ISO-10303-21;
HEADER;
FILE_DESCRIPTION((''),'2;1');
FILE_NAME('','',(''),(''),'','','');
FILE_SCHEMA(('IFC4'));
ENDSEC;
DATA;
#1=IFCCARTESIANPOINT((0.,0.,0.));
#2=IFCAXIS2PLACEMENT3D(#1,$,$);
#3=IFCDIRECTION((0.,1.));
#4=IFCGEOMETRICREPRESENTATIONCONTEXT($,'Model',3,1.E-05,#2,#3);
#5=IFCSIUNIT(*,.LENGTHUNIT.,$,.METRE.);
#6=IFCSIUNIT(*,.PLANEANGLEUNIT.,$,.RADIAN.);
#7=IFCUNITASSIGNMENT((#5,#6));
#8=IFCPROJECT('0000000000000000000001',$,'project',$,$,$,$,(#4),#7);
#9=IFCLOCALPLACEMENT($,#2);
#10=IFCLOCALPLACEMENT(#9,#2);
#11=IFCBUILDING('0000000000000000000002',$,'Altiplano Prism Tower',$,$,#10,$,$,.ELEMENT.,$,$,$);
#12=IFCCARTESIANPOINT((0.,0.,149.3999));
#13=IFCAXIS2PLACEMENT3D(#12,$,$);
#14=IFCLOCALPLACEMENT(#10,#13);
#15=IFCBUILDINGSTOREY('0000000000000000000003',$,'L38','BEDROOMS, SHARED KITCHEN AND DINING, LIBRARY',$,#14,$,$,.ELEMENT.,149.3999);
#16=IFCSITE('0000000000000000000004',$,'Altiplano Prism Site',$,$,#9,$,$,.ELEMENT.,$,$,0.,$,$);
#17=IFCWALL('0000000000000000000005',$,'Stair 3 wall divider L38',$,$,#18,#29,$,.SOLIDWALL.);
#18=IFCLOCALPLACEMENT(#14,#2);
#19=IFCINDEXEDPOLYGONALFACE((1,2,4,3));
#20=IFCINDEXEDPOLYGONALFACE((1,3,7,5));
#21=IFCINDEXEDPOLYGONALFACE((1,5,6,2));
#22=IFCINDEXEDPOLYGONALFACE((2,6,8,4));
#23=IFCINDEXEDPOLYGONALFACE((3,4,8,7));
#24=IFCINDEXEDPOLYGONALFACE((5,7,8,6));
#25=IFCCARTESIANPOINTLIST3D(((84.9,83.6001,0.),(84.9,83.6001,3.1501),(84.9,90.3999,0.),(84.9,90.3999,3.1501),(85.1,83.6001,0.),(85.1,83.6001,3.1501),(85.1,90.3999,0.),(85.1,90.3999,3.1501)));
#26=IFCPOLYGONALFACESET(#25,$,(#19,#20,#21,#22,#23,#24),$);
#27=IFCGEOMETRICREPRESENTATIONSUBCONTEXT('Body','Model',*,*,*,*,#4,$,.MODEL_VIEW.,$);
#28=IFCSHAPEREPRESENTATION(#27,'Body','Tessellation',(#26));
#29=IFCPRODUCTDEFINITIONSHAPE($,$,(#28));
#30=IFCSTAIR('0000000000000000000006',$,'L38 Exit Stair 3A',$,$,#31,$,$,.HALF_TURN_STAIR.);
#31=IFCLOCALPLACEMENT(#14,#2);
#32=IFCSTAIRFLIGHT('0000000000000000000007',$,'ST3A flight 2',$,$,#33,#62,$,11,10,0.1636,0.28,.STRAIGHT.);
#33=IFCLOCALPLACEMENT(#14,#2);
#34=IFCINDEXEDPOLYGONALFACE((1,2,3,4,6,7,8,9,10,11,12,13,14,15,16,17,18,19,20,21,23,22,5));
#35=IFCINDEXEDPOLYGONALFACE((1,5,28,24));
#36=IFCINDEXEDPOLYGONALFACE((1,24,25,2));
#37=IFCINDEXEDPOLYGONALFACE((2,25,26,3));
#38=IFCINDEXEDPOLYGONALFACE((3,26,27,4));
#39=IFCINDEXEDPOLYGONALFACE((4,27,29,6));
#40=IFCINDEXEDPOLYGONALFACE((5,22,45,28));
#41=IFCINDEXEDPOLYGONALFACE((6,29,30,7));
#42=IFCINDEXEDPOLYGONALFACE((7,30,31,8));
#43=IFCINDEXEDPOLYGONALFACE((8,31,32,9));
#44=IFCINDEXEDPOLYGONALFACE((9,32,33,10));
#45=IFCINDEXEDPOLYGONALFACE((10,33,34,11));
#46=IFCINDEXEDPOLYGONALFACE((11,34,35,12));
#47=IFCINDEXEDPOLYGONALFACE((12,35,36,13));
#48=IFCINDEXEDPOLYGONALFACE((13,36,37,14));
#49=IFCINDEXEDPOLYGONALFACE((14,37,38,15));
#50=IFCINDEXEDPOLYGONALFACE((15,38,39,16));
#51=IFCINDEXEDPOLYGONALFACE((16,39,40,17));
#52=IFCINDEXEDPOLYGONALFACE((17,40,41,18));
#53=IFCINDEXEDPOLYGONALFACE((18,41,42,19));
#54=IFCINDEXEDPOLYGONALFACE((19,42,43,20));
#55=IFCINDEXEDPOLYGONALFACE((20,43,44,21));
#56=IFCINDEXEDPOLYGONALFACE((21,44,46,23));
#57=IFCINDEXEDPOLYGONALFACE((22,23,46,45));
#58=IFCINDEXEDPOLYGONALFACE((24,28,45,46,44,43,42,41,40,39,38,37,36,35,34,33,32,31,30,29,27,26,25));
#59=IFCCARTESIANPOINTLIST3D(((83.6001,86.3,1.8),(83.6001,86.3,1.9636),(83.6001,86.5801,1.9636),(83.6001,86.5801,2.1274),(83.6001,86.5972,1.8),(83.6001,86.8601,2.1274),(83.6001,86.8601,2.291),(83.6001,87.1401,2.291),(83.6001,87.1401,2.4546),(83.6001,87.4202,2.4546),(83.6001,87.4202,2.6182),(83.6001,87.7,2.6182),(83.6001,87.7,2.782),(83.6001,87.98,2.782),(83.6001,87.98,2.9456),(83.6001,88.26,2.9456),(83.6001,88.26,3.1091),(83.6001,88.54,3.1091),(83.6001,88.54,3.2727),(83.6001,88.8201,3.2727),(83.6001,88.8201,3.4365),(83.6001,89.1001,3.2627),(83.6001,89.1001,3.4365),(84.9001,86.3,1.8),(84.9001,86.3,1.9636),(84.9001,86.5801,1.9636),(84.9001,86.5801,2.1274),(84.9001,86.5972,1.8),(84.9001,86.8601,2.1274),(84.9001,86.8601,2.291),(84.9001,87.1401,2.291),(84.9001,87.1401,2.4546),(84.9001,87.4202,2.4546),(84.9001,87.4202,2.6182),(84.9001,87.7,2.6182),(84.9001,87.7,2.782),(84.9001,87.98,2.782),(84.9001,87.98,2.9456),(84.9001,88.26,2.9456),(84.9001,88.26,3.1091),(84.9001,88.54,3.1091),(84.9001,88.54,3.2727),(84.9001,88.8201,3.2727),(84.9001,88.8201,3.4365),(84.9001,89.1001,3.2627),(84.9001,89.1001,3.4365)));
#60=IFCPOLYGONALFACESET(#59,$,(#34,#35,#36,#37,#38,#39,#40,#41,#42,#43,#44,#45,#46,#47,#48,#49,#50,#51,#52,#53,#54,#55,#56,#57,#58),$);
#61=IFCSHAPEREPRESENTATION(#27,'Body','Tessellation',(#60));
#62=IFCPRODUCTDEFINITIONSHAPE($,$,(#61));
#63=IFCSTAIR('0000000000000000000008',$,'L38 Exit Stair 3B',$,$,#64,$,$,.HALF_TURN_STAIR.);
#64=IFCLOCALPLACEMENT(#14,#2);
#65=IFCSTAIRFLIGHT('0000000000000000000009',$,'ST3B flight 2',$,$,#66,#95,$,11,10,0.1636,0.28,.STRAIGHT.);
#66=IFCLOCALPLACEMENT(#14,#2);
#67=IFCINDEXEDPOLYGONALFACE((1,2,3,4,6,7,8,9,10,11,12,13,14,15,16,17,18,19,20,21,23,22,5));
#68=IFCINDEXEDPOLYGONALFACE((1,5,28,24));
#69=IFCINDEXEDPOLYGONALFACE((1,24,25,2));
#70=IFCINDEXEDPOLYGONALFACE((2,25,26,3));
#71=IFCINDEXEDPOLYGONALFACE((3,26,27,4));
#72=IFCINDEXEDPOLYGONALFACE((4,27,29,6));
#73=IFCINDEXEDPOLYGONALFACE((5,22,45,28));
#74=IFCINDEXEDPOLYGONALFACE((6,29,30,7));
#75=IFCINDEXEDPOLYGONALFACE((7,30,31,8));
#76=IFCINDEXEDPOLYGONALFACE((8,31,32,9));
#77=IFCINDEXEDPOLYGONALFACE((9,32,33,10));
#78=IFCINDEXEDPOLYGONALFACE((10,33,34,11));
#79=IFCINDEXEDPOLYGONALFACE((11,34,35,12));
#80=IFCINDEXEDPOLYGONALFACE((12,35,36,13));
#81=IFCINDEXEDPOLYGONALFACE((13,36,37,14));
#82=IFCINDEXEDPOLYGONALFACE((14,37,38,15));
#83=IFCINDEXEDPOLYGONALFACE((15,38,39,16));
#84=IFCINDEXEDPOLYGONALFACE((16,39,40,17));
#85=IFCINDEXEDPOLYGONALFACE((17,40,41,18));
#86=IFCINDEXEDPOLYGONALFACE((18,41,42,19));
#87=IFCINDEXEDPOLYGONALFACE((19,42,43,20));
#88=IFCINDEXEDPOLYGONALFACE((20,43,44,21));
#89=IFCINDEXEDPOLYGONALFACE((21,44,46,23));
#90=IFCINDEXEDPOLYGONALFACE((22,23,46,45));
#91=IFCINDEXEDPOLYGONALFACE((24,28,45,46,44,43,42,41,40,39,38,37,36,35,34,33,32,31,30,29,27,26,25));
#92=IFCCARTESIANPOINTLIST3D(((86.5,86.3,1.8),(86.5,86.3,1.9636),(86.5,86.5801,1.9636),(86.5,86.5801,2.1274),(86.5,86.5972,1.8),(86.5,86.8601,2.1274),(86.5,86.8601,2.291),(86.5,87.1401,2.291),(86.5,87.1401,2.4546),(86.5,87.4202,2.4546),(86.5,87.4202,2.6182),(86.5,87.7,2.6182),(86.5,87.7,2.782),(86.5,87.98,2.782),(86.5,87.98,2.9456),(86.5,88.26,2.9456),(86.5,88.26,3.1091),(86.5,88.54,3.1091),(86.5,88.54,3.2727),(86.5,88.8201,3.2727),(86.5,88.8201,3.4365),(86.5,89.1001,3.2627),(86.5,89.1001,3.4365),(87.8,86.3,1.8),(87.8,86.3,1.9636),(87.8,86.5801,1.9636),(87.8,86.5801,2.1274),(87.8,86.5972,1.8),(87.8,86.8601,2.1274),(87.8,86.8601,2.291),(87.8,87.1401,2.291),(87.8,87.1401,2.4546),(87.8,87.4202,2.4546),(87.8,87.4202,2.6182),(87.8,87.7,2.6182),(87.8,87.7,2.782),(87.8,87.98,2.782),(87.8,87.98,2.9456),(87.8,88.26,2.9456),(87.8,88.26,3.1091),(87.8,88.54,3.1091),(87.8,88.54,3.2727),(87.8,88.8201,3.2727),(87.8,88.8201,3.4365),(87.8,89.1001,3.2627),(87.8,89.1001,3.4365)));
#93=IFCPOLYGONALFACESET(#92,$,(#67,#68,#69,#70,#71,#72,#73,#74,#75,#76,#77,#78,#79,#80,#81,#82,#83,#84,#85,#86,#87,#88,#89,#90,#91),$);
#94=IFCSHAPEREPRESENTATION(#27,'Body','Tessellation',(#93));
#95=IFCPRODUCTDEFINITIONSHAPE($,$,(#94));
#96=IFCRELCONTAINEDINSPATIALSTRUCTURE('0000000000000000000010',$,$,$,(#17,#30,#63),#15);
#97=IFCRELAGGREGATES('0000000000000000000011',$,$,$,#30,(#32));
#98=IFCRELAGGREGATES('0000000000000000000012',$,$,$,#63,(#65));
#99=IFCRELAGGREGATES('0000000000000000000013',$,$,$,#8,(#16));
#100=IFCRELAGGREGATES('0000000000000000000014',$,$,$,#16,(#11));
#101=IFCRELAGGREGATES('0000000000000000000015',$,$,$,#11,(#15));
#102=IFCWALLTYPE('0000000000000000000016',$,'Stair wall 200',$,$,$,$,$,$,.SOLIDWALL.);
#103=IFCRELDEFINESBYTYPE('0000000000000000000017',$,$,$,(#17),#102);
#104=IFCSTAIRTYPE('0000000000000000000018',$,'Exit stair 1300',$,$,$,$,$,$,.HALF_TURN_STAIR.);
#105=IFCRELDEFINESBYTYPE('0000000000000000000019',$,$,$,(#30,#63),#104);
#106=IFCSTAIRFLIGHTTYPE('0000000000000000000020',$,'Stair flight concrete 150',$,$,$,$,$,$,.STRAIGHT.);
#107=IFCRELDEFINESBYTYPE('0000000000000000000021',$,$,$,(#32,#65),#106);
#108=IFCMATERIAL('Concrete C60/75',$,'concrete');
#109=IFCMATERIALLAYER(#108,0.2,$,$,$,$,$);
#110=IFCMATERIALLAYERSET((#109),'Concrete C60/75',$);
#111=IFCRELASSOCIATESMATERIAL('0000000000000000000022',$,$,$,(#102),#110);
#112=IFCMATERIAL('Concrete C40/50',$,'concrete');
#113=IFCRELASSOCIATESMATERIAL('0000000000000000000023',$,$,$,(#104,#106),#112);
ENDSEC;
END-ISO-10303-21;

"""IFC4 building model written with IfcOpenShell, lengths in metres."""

from ifc_helpers import new_model, si_unit, direction, frame, frame_2d, origin, place, context, subcontext, project, spatial, polyline, rectangle, outline, extrude, material, layer, layer_set, type_object, element, aggregate, save


model = new_model("IFC4")

# Units and contexts
model_context = context("Model", 3, precision=1e-05, world=origin(), true_north=direction((0.0, 1.0)))
body_context = subcontext(model_context, "Body", "Model", "MODEL_VIEW")
ifc_project = project(units=[si_unit("LENGTHUNIT", "METRE"), si_unit("PLANEANGLEUNIT", "RADIAN")], contexts=[model_context])

# Site, building, storey
site_placement = place(None, origin())
site = spatial("IfcSite", under=ifc_project, at=site_placement, Name="Altiplano Prism Site", CompositionType="ELEMENT", RefElevation=0.0)
building_placement = place(site_placement, origin())
building = spatial("IfcBuilding", under=site, at=building_placement, Name="Altiplano Prism Tower", CompositionType="ELEMENT")
storey_placement = place(building_placement, frame((0.0, 0.0, 149.3999)))
storey = spatial("IfcBuildingStorey", under=building, at=storey_placement, Name="L38", Description="BEDROOMS, SHARED KITCHEN AND DINING, LIBRARY", CompositionType="ELEMENT", Elevation=149.3999)

# Shared definitions
ifc_material_1 = material(Name="Concrete C60/75", Category="concrete")

# Wall
ifc_layer_1 = layer(ifc_material_1, 0.2)
ifc_layer_set_1 = layer_set([ifc_layer_1], Name="Concrete C60/75")
wall_type_1 = type_object("IfcWallType", Name="Stair wall 200", PredefinedType="SOLIDWALL", material=ifc_layer_set_1)
for number, where, z_axis, x_axis, name in (
    (1, (85.0, 83.6001, 0.0), (0.0, 0.0, 1.0), (0.0, 1.0, 0.0), "Stair 3 wall divider L38"),
):
    element("IfcWall", number, at=place(storey_placement, frame(where, z_axis=z_axis, x_axis=x_axis)), inside=storey, type_object=wall_type_1, Name=name, PredefinedType="SOLIDWALL", context=body_context, shape_type="SweptSolid", body=[
        extrude(rectangle(XDim=6.7998, YDim=0.2, at=frame_2d((3.3999, 0.0))), origin(), (0.0, 0.0, 1.0), 3.1501),
    ])

# Stairs, stair flights
ifc_material_2 = material(Name="Concrete C40/50", Category="concrete")
stair_type = type_object("IfcStairType", Name="Exit stair 1300", PredefinedType="HALF_TURN_STAIR", material=ifc_material_2)
stair_1_placement = place(storey_placement, origin())
stair_1 = element("IfcStair", 2, at=stair_1_placement, inside=storey, type_object=stair_type, Name="L38 Exit Stair 3A", PredefinedType="HALF_TURN_STAIR")
stair_flight_type = type_object("IfcStairFlightType", Name="Stair flight concrete 150", PredefinedType="STRAIGHT", material=ifc_material_2)
stair_flight_1_placement = place(storey_placement, frame((84.25, 86.3, 1.8), z_axis=(0.0, 0.0, 1.0), x_axis=(0.0, 1.0, 0.0)))
stair_flight_1 = element("IfcStairFlight", 3, at=stair_flight_1_placement, type_object=stair_flight_type, Name="ST3A flight 2", NumberOfRisers=11, NumberOfTreads=10, PredefinedType="STRAIGHT", RiserHeight=0.1636, TreadLength=0.28, context=body_context, shape_type="SweptSolid", body=[
    extrude(outline(polyline([(0.0, 0.0), (0.0, 0.1636), (0.28, 0.1636), (0.28, 0.3274), (0.5601, 0.3274), (0.5601, 0.491), (0.8401, 0.491), (0.8401, 0.6545), (1.1201, 0.6545), (1.1201, 0.8181), (1.3999, 0.8181), (1.3999, 0.9819), (1.6799, 0.9819), (1.6799, 1.1455), (1.96, 1.1455), (1.96, 1.3091), (2.24, 1.3091), (2.24, 1.4727), (2.52, 1.4727), (2.52, 1.6365), (2.8, 1.6365), (2.8, 1.8), (2.8, 1.4626), (0.2971, 0.0), (0.0, 0.0)])), frame((0.0, 0.6499, 0.0), z_axis=(0.0, -1.0, 0.0), x_axis=(1.0, 0.0, 0.0)), (0.0, 0.0, 1.0), 1.3),
])
aggregate(stair_1, [stair_flight_1])
stair_2_placement = place(storey_placement, origin())
stair_2 = element("IfcStair", 4, at=stair_2_placement, inside=storey, type_object=stair_type, Name="L38 Exit Stair 3B", PredefinedType="HALF_TURN_STAIR")
stair_flight_2_placement = place(storey_placement, frame((87.1499, 86.3, 1.8), z_axis=(0.0, 0.0, 1.0), x_axis=(0.0, 1.0, 0.0)))
stair_flight_2 = element("IfcStairFlight", 5, at=stair_flight_2_placement, type_object=stair_flight_type, Name="ST3B flight 2", NumberOfRisers=11, NumberOfTreads=10, PredefinedType="STRAIGHT", RiserHeight=0.1636, TreadLength=0.28, context=body_context, shape_type="SweptSolid", body=[
    extrude(outline(polyline([(0.0, 0.0), (0.0, 0.1636), (0.28, 0.1636), (0.28, 0.3274), (0.5601, 0.3274), (0.5601, 0.491), (0.8401, 0.491), (0.8401, 0.6545), (1.1201, 0.6545), (1.1201, 0.8181), (1.3999, 0.8181), (1.3999, 0.9819), (1.6799, 0.9819), (1.6799, 1.1455), (1.96, 1.1455), (1.96, 1.3091), (2.24, 1.3091), (2.24, 1.4727), (2.52, 1.4727), (2.52, 1.6365), (2.8, 1.6365), (2.8, 1.8), (2.8, 1.4626), (0.2971, 0.0), (0.0, 0.0)])), frame((0.0, 0.6499, 0.0), z_axis=(0.0, -1.0, 0.0), x_axis=(1.0, 0.0, 0.0)), (0.0, 0.0, 1.0), 1.3),
])
aggregate(stair_2, [stair_flight_2])

save(model, "model.ifc")
